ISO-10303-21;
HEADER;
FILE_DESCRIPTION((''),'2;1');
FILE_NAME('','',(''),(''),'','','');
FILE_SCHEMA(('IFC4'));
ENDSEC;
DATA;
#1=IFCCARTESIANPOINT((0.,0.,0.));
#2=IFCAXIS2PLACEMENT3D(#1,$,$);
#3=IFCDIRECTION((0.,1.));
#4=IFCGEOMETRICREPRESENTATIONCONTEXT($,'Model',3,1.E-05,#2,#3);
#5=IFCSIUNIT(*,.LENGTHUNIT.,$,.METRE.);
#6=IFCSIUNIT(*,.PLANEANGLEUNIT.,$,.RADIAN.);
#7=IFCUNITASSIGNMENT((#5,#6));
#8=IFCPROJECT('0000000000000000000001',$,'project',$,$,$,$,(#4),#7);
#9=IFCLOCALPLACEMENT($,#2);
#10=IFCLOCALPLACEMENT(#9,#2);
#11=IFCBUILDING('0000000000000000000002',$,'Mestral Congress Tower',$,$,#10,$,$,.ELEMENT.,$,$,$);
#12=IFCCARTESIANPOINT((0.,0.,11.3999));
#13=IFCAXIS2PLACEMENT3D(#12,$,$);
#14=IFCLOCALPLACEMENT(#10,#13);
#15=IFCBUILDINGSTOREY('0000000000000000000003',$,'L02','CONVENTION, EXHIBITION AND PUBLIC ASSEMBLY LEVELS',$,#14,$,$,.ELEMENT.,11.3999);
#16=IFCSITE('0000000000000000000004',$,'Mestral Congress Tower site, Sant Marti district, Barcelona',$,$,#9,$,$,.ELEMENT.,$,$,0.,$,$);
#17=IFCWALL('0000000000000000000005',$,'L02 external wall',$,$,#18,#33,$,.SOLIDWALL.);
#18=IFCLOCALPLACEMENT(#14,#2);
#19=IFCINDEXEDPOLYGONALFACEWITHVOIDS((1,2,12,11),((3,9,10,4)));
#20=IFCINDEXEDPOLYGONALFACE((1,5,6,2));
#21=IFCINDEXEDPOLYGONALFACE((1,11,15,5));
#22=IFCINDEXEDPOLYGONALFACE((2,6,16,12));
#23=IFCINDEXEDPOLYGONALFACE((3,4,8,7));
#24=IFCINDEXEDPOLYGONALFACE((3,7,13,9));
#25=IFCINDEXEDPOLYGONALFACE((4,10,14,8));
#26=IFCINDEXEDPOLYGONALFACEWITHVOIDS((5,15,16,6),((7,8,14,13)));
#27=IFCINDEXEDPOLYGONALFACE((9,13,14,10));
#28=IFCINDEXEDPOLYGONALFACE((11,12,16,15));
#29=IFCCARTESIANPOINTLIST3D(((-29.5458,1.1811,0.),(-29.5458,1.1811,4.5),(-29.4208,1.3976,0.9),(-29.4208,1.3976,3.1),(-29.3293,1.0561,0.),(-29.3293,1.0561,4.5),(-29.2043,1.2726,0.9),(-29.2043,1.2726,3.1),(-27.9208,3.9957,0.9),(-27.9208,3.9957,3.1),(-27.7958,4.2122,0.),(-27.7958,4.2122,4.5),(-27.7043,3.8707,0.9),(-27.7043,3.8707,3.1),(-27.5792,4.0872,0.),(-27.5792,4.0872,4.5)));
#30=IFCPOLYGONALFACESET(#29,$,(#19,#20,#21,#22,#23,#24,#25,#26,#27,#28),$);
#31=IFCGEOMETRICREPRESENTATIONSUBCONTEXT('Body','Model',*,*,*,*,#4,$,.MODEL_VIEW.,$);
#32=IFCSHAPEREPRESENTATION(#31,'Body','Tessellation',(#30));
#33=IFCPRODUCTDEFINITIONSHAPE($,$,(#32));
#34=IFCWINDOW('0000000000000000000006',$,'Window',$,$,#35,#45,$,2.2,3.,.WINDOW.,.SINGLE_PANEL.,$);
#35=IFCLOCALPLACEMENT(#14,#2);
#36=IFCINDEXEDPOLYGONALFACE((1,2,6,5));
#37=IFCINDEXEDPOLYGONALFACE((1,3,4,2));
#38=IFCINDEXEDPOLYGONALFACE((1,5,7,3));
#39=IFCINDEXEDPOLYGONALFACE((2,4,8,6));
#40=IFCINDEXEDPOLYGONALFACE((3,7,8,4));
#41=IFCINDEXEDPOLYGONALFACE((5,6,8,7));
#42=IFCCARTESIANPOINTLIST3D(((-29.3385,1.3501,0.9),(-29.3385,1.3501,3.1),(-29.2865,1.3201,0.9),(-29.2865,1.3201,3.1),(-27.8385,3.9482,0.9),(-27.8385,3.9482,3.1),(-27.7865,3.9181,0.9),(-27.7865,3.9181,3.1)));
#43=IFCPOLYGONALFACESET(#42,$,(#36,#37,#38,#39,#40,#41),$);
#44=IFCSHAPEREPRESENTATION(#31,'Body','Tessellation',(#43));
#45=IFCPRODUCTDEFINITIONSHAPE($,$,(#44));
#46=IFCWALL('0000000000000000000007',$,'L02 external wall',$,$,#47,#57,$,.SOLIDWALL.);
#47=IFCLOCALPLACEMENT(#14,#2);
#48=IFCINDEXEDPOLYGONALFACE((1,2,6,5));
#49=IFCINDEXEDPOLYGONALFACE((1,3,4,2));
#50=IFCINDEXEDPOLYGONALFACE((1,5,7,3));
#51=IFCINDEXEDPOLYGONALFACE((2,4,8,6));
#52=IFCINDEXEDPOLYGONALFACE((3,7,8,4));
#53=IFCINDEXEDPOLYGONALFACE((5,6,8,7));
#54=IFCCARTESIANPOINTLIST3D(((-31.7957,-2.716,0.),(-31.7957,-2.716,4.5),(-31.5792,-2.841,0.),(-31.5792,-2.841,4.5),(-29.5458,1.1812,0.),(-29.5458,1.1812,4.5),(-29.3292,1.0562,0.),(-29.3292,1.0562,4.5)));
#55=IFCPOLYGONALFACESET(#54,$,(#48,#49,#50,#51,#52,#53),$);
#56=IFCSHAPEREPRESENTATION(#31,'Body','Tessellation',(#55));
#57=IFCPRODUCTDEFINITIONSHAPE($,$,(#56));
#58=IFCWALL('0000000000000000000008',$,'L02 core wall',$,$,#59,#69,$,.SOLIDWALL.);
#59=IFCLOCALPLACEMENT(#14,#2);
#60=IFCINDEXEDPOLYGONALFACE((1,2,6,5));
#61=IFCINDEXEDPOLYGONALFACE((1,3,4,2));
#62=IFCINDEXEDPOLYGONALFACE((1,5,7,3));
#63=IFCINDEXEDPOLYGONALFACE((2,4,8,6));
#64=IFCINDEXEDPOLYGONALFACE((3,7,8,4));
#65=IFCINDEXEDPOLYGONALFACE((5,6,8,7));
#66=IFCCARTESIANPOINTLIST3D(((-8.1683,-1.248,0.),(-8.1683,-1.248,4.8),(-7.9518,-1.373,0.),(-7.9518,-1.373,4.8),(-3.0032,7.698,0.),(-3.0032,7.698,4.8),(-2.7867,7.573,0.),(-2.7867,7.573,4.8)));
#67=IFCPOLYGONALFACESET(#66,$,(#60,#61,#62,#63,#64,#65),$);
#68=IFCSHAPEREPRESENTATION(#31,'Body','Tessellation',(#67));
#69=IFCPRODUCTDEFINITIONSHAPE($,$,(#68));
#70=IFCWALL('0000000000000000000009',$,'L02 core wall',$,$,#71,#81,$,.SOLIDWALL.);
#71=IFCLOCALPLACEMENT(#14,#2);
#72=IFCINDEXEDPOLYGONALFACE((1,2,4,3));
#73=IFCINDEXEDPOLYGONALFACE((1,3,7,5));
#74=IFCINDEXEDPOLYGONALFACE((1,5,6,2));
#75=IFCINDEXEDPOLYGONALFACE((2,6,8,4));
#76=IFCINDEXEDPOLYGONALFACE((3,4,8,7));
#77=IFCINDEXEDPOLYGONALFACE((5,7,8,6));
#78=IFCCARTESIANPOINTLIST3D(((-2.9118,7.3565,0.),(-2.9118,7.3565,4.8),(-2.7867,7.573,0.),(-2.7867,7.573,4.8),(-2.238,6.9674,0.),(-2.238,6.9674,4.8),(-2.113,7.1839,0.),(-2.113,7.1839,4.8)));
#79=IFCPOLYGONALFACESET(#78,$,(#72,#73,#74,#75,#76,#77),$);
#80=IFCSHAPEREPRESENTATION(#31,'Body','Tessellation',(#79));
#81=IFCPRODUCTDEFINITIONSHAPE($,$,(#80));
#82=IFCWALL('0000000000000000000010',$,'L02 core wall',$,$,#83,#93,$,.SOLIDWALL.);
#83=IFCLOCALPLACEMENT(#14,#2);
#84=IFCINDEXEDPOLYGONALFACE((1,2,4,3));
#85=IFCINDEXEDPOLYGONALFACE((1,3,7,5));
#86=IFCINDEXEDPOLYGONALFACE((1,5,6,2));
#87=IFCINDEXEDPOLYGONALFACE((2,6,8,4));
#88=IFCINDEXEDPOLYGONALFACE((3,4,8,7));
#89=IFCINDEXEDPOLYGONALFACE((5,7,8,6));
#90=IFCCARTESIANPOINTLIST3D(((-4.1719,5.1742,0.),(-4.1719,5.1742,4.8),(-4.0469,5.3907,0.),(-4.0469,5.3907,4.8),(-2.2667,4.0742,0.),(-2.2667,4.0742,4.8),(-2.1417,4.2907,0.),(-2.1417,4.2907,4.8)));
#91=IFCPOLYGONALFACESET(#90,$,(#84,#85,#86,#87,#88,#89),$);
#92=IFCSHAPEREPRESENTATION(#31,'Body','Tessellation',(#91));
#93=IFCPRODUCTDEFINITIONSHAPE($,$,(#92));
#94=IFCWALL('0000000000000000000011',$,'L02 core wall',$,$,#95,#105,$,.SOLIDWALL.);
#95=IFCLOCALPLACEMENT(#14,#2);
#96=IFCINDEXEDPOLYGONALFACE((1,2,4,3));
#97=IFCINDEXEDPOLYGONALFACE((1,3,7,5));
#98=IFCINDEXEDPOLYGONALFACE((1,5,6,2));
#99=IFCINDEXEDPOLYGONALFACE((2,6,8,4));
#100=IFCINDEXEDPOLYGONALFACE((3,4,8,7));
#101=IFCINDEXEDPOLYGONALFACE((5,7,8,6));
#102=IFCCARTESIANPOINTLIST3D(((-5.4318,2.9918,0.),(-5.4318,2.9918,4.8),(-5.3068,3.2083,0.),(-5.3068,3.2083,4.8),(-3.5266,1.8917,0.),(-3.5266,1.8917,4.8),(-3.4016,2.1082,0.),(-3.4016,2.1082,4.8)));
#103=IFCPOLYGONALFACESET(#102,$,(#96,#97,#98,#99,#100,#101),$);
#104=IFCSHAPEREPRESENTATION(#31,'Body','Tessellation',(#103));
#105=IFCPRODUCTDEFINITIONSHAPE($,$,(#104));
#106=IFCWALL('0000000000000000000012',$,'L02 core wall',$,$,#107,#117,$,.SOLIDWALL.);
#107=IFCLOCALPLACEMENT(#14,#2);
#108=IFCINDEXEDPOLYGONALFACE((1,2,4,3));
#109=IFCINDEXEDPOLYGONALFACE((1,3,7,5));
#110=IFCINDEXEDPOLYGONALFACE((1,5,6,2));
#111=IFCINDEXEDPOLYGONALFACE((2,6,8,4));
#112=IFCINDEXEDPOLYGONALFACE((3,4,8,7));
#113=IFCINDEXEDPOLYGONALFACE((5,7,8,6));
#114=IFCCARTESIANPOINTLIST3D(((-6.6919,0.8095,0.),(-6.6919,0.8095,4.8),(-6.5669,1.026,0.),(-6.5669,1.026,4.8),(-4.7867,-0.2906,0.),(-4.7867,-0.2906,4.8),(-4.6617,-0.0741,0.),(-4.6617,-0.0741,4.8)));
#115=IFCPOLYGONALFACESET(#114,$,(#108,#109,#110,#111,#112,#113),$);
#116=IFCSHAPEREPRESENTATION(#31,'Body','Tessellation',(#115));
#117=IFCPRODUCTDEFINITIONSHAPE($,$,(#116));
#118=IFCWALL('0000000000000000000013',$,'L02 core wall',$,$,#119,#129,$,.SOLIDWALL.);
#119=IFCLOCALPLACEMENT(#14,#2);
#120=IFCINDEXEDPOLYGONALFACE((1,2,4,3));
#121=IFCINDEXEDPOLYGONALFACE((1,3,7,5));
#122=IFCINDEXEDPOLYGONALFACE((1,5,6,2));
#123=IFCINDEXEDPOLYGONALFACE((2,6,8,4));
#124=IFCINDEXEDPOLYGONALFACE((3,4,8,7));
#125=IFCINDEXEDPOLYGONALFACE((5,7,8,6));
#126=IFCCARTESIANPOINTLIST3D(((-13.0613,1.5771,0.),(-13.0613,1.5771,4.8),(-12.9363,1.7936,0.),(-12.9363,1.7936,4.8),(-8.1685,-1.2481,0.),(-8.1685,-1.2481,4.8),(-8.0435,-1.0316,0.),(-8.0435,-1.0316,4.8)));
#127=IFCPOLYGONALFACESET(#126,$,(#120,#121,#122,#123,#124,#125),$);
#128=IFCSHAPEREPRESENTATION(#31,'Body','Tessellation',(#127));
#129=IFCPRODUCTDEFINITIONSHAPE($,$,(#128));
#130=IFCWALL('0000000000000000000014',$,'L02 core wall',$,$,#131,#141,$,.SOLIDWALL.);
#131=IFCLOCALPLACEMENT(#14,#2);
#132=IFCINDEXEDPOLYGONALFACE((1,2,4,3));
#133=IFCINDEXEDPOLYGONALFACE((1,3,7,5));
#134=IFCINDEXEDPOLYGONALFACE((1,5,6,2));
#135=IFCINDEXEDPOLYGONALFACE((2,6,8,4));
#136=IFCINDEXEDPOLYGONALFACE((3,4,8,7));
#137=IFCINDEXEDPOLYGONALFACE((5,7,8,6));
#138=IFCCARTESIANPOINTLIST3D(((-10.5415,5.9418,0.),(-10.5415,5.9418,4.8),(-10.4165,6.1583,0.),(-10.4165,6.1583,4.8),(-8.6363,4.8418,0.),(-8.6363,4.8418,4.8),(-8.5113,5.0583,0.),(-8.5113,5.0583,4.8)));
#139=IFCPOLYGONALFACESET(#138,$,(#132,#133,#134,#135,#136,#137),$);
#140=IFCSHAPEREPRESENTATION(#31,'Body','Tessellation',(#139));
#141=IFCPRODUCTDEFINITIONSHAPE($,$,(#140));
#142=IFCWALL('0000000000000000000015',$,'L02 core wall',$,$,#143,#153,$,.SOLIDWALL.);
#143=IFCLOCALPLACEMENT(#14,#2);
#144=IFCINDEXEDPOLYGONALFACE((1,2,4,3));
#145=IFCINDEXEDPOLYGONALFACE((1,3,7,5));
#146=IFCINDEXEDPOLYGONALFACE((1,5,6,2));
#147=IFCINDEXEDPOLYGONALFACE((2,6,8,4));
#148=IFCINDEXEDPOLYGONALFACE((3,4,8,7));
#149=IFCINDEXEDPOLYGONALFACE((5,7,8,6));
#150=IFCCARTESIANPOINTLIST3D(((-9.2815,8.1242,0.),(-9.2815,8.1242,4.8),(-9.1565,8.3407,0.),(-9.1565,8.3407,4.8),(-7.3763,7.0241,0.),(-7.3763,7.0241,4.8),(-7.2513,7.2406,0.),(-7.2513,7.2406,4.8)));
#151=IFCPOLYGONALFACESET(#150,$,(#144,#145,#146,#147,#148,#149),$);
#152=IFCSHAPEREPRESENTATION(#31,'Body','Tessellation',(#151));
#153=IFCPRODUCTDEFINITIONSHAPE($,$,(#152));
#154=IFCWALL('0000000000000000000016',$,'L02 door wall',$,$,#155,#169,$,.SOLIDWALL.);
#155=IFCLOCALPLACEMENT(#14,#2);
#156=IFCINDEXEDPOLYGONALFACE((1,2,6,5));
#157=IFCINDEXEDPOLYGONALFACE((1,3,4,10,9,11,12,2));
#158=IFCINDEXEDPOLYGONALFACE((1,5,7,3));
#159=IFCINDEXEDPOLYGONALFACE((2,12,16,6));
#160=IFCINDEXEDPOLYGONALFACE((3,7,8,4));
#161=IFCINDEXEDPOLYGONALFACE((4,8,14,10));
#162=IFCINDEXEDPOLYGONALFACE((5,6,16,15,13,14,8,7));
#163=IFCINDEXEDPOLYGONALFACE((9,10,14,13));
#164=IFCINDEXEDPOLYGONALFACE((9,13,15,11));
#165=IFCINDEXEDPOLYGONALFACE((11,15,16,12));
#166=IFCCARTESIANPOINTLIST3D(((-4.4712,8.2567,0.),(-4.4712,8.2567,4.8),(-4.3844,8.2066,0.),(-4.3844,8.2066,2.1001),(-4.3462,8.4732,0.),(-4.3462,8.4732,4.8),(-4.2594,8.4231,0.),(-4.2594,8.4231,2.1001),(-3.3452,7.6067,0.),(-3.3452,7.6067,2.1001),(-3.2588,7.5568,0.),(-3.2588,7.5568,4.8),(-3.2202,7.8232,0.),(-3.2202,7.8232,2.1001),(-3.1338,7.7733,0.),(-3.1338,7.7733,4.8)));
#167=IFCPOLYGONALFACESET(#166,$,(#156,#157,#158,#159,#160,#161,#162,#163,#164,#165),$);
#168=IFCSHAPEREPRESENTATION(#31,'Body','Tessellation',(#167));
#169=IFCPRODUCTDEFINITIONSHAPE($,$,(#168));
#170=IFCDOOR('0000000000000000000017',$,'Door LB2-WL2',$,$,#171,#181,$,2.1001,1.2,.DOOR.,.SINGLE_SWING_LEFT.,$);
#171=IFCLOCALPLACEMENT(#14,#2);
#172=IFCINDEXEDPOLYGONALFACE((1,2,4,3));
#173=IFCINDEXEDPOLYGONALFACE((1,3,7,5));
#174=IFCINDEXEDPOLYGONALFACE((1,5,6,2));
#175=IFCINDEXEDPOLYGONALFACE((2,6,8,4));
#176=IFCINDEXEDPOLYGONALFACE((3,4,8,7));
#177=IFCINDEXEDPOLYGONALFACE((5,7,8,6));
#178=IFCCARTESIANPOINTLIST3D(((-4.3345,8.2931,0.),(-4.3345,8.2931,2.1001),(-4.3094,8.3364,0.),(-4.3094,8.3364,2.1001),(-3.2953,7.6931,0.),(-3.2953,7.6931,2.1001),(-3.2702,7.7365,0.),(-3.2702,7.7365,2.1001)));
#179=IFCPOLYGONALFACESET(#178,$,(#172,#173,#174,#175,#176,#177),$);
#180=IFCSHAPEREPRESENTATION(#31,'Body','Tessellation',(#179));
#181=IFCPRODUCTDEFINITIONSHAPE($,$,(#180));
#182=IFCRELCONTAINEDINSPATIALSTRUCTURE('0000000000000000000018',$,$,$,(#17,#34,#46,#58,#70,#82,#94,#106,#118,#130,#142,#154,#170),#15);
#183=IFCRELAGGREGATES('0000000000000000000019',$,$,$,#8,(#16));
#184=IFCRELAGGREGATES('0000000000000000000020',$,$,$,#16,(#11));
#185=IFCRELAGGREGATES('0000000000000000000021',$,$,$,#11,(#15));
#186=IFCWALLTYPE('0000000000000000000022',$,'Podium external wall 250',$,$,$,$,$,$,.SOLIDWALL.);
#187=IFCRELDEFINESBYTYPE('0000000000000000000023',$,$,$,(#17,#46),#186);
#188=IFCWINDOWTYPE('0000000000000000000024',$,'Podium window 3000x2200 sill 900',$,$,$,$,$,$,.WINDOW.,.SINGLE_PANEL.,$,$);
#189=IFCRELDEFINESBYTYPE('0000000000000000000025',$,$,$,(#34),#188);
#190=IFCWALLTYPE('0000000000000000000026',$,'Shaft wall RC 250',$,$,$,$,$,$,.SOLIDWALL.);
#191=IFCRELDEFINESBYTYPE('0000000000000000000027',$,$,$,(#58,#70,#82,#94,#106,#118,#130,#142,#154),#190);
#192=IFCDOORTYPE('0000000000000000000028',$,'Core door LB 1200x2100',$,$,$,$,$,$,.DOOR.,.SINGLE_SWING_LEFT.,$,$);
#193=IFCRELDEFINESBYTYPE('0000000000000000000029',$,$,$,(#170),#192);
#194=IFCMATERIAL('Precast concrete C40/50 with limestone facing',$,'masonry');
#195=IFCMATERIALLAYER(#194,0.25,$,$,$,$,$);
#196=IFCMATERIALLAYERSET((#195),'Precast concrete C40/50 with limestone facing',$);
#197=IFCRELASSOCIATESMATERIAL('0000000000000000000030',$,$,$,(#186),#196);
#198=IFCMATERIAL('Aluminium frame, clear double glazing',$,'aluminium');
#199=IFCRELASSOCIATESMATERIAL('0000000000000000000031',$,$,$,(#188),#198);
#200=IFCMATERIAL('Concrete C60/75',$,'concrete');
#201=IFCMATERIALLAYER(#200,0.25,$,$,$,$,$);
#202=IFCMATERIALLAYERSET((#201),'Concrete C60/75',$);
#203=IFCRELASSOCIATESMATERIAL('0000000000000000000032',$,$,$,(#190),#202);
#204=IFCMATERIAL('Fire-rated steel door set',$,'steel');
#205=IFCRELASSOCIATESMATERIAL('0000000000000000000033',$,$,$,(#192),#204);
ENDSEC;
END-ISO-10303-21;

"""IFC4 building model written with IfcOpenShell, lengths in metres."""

from ifc_helpers import new_model, si_unit, direction, frame, frame_2d, origin, place, context, subcontext, project, spatial, rectangle, extrude, material, layer, layer_set, type_object, element, fill, save


model = new_model("IFC4")

# Units and contexts
model_context = context("Model", 3, precision=1e-05, world=origin(), true_north=direction((0.0, 1.0)))
body_context = subcontext(model_context, "Body", "Model", "MODEL_VIEW")
ifc_project = project(units=[si_unit("LENGTHUNIT", "METRE"), si_unit("PLANEANGLEUNIT", "RADIAN")], contexts=[model_context])

# Site, building, storey
site_placement = place(None, origin())
site = spatial("IfcSite", under=ifc_project, at=site_placement, Name="Mestral Congress Tower site, Sant Marti district, Barcelona", CompositionType="ELEMENT", RefElevation=0.0)
building_placement = place(site_placement, origin())
building = spatial("IfcBuilding", under=site, at=building_placement, Name="Mestral Congress Tower", CompositionType="ELEMENT")
storey_placement = place(building_placement, frame((0.0, 0.0, 11.3999)))
storey = spatial("IfcBuildingStorey", under=building, at=storey_placement, Name="L02", Description="CONVENTION, EXHIBITION AND PUBLIC ASSEMBLY LEVELS", CompositionType="ELEMENT", Elevation=11.3999)

# Shared definitions
ifc_material_1 = material(Name="Fire-rated steel door set", Category="steel")

# Shared definitions
ifc_material_2 = material(Name="Precast concrete C40/50 with limestone facing", Category="masonry")
ifc_layer_1 = layer(ifc_material_2, 0.25)
ifc_layer_set_1 = layer_set([ifc_layer_1], Name="Precast concrete C40/50 with limestone facing")
wall_type_1 = type_object("IfcWallType", Name="Podium external wall 250", PredefinedType="SOLIDWALL", material=ifc_layer_set_1)

# Wall, opening, window
wall_1_placement = place(storey_placement, frame((-27.6875, 4.1497, 0.0), z_axis=(0.0, 0.0, 1.0), x_axis=(-0.50001, -0.866019, 0.0)))
wall_1 = element("IfcWall", 1, at=wall_1_placement, inside=storey, type_object=wall_type_1, Name="L02 external wall", PredefinedType="SOLIDWALL", context=body_context, shape_type="SweptSolid", body=[
    extrude(rectangle(XDim=3.5, YDim=0.25, at=frame_2d((1.75, 0.0))), origin(), (0.0, 0.0, 1.0), 4.5),
])
opening_1_placement = place(wall_1_placement, frame((0.25, 0.0, 0.8999)))
opening_1 = element("IfcOpeningElement", 2, at=opening_1_placement, cuts=wall_1, PredefinedType="OPENING", context=body_context, shape_type="SweptSolid", body=[
    extrude(rectangle(XDim=3.0, YDim=2.2, at=frame_2d((1.5, 1.1001))), frame((0.0, 0.135, 0.0), z_axis=(0.0, -1.0, 0.0), x_axis=(1.0, 0.0, 0.0)), (0.0, 0.0, 1.0), 0.27),
])
ifc_material_3 = material(Name="Aluminium frame, clear double glazing", Category="aluminium")
window_type = type_object("IfcWindowType", Name="Podium window 3000x2200 sill 900", PartitioningType="SINGLE_PANEL", PredefinedType="WINDOW", material=ifc_material_3)
window_placement = place(opening_1_placement, origin())
window = element("IfcWindow", 3, at=window_placement, inside=storey, type_object=window_type, Name="Window", OverallHeight=2.2, OverallWidth=3.0, PartitioningType="SINGLE_PANEL", PredefinedType="WINDOW", context=body_context, shape_type="SweptSolid", body=[
    extrude(rectangle(XDim=3.0, YDim=2.2, at=frame_2d((1.5, 1.1001))), frame((0.0, 0.03, 0.0), z_axis=(0.0, -1.0, 0.0), x_axis=(1.0, 0.0, 0.0)), (0.0, 0.0, 1.0), 0.0601),
])
fill(opening_1, window)

# Walls
wall_2_placement = place(storey_placement, frame((-29.4375, 1.1187, 0.0), z_axis=(0.0, 0.0, 1.0), x_axis=(-0.49999, -0.866031, 0.0)))
element("IfcWall", 4, at=wall_2_placement, inside=storey, type_object=wall_type_1, Name="L02 external wall", PredefinedType="SOLIDWALL", context=body_context, shape_type="SweptSolid", body=[
    extrude(rectangle(XDim=4.5, YDim=0.25, at=frame_2d((2.25, 0.0))), origin(), (0.0, 0.0, 1.0), 4.5),
])
ifc_material_4 = material(Name="Concrete C60/75", Category="concrete")
ifc_layer_2 = layer(ifc_material_4, 0.25)
ifc_layer_set_2 = layer_set([ifc_layer_2], Name="Concrete C60/75")
wall_type_2 = type_object("IfcWallType", Name="Shaft wall RC 250", PredefinedType="SOLIDWALL", material=ifc_layer_set_2)
wall_3_placement = place(storey_placement, frame((-8.0601, -1.3105, 0.0), z_axis=(0.0, 0.0, 1.0), x_axis=(0.500003, 0.866024, 0.0)))
element("IfcWall", 5, at=wall_3_placement, inside=storey, type_object=wall_type_2, Name="L02 core wall", PredefinedType="SOLIDWALL", context=body_context, shape_type="SweptSolid", body=[
    extrude(rectangle(XDim=10.3301, YDim=0.25, at=frame_2d((5.165, 0.0))), origin(), (0.0, 0.0, 1.0), 4.8),
])
wall_4_placement = place(storey_placement, frame((-2.8494, 7.4648, 0.0), z_axis=(0.0, 0.0, 1.0), x_axis=(0.865956, -0.500121, 0.0)))
element("IfcWall", 6, at=wall_4_placement, inside=storey, type_object=wall_type_2, Name="L02 core wall", PredefinedType="SOLIDWALL", context=body_context, shape_type="SweptSolid", body=[
    extrude(rectangle(XDim=0.7781, YDim=0.25, at=frame_2d((0.3892, 0.0))), origin(), (0.0, 0.0, 1.0), 4.8),
])
for number, where, z_axis, x_axis, name in (
    (7, (-2.2041, 4.1824, 0.0), (0.0, 0.0, 1.0), (-0.866008, 0.50003, 0.0), "L02 core wall"),
    (8, (-5.3694, 3.1001, 0.0), (0.0, 0.0, 1.0), (0.866008, -0.50003, 0.0), "L02 core wall"),
    (9, (-4.7241, -0.1824, 0.0), (0.0, 0.0, 1.0), (-0.866008, 0.50003, 0.0), "L02 core wall"),
):
    element("IfcWall", number, at=place(storey_placement, frame(where, z_axis=z_axis, x_axis=x_axis)), inside=storey, type_object=wall_type_2, Name=name, PredefinedType="SOLIDWALL", context=body_context, shape_type="SweptSolid", body=[
        extrude(rectangle(XDim=2.2, YDim=0.25, at=frame_2d((1.1001, 0.0))), origin(), (0.0, 0.0, 1.0), 4.8),
    ])
wall_5_placement = place(storey_placement, frame((-8.106, -1.1399, 0.0), z_axis=(0.0, 0.0, 1.0), x_axis=(-0.866001, 0.500043, 0.0)))
element("IfcWall", 10, at=wall_5_placement, inside=storey, type_object=wall_type_2, Name="L02 core wall", PredefinedType="SOLIDWALL", context=body_context, shape_type="SweptSolid", body=[
    extrude(rectangle(XDim=5.6499, YDim=0.25, at=frame_2d((2.825, 0.0))), origin(), (0.0, 0.0, 1.0), 4.8),
])
for number, where, z_axis, x_axis, name in (
    (11, (-8.5737, 4.95, 0.0), (0.0, 0.0, 1.0), (-0.866008, 0.50003, 0.0), "L02 core wall"),
    (12, (-7.3137, 7.1323, 0.0), (0.0, 0.0, 1.0), (-0.866008, 0.50003, 0.0), "L02 core wall"),
):
    element("IfcWall", number, at=place(storey_placement, frame(where, z_axis=z_axis, x_axis=x_axis)), inside=storey, type_object=wall_type_2, Name=name, PredefinedType="SOLIDWALL", context=body_context, shape_type="SweptSolid", body=[
        extrude(rectangle(XDim=2.2, YDim=0.25, at=frame_2d((1.1001, 0.0))), origin(), (0.0, 0.0, 1.0), 4.8),
    ])

# Wall, opening, door
wall_6_placement = place(storey_placement, frame((-4.4087, 8.365, 0.0), z_axis=(0.0, 0.0, 1.0), x_axis=(0.866035, -0.499984, 0.0)))
wall_6 = element("IfcWall", 13, at=wall_6_placement, inside=storey, type_object=wall_type_2, Name="L02 door wall", PredefinedType="SOLIDWALL", context=body_context, shape_type="SweptSolid", body=[
    extrude(rectangle(XDim=1.3999, YDim=0.25, at=frame_2d((0.7, 0.0))), origin(), (0.0, 0.0, 1.0), 4.8),
])
opening_2_placement = place(wall_6_placement, frame((0.1001, 0.0, 0.0)))
opening_2 = element("IfcOpeningElement", 14, at=opening_2_placement, cuts=wall_6, PredefinedType="OPENING", context=body_context, shape_type="SweptSolid", body=[
    extrude(rectangle(XDim=1.2, YDim=2.1001, at=frame_2d((0.6001, 1.05))), frame((0.0, 0.135, 0.0), z_axis=(0.0, -1.0, 0.0), x_axis=(1.0, 0.0, 0.0)), (0.0, 0.0, 1.0), 0.27),
])
door_type_1 = type_object("IfcDoorType", Name="Core door LB 1200x2100", OperationType="SINGLE_SWING_LEFT", PredefinedType="DOOR", material=ifc_material_1)
door_1_placement = place(opening_2_placement, origin())
door_1 = element("IfcDoor", 15, at=door_1_placement, inside=storey, type_object=door_type_1, Name="Door LB2-WL2", OperationType="SINGLE_SWING_LEFT", OverallHeight=2.1001, OverallWidth=1.2, PredefinedType="DOOR", context=body_context, shape_type="SweptSolid", body=[
    extrude(rectangle(XDim=1.2, YDim=2.1001, at=frame_2d((0.6001, 1.05))), frame((0.0, 0.0249, 0.0), z_axis=(0.0, -1.0, 0.0), x_axis=(1.0, 0.0, 0.0)), (0.0, 0.0, 1.0), 0.05),
])
fill(opening_2, door_1)

save(model, "model.ifc")
